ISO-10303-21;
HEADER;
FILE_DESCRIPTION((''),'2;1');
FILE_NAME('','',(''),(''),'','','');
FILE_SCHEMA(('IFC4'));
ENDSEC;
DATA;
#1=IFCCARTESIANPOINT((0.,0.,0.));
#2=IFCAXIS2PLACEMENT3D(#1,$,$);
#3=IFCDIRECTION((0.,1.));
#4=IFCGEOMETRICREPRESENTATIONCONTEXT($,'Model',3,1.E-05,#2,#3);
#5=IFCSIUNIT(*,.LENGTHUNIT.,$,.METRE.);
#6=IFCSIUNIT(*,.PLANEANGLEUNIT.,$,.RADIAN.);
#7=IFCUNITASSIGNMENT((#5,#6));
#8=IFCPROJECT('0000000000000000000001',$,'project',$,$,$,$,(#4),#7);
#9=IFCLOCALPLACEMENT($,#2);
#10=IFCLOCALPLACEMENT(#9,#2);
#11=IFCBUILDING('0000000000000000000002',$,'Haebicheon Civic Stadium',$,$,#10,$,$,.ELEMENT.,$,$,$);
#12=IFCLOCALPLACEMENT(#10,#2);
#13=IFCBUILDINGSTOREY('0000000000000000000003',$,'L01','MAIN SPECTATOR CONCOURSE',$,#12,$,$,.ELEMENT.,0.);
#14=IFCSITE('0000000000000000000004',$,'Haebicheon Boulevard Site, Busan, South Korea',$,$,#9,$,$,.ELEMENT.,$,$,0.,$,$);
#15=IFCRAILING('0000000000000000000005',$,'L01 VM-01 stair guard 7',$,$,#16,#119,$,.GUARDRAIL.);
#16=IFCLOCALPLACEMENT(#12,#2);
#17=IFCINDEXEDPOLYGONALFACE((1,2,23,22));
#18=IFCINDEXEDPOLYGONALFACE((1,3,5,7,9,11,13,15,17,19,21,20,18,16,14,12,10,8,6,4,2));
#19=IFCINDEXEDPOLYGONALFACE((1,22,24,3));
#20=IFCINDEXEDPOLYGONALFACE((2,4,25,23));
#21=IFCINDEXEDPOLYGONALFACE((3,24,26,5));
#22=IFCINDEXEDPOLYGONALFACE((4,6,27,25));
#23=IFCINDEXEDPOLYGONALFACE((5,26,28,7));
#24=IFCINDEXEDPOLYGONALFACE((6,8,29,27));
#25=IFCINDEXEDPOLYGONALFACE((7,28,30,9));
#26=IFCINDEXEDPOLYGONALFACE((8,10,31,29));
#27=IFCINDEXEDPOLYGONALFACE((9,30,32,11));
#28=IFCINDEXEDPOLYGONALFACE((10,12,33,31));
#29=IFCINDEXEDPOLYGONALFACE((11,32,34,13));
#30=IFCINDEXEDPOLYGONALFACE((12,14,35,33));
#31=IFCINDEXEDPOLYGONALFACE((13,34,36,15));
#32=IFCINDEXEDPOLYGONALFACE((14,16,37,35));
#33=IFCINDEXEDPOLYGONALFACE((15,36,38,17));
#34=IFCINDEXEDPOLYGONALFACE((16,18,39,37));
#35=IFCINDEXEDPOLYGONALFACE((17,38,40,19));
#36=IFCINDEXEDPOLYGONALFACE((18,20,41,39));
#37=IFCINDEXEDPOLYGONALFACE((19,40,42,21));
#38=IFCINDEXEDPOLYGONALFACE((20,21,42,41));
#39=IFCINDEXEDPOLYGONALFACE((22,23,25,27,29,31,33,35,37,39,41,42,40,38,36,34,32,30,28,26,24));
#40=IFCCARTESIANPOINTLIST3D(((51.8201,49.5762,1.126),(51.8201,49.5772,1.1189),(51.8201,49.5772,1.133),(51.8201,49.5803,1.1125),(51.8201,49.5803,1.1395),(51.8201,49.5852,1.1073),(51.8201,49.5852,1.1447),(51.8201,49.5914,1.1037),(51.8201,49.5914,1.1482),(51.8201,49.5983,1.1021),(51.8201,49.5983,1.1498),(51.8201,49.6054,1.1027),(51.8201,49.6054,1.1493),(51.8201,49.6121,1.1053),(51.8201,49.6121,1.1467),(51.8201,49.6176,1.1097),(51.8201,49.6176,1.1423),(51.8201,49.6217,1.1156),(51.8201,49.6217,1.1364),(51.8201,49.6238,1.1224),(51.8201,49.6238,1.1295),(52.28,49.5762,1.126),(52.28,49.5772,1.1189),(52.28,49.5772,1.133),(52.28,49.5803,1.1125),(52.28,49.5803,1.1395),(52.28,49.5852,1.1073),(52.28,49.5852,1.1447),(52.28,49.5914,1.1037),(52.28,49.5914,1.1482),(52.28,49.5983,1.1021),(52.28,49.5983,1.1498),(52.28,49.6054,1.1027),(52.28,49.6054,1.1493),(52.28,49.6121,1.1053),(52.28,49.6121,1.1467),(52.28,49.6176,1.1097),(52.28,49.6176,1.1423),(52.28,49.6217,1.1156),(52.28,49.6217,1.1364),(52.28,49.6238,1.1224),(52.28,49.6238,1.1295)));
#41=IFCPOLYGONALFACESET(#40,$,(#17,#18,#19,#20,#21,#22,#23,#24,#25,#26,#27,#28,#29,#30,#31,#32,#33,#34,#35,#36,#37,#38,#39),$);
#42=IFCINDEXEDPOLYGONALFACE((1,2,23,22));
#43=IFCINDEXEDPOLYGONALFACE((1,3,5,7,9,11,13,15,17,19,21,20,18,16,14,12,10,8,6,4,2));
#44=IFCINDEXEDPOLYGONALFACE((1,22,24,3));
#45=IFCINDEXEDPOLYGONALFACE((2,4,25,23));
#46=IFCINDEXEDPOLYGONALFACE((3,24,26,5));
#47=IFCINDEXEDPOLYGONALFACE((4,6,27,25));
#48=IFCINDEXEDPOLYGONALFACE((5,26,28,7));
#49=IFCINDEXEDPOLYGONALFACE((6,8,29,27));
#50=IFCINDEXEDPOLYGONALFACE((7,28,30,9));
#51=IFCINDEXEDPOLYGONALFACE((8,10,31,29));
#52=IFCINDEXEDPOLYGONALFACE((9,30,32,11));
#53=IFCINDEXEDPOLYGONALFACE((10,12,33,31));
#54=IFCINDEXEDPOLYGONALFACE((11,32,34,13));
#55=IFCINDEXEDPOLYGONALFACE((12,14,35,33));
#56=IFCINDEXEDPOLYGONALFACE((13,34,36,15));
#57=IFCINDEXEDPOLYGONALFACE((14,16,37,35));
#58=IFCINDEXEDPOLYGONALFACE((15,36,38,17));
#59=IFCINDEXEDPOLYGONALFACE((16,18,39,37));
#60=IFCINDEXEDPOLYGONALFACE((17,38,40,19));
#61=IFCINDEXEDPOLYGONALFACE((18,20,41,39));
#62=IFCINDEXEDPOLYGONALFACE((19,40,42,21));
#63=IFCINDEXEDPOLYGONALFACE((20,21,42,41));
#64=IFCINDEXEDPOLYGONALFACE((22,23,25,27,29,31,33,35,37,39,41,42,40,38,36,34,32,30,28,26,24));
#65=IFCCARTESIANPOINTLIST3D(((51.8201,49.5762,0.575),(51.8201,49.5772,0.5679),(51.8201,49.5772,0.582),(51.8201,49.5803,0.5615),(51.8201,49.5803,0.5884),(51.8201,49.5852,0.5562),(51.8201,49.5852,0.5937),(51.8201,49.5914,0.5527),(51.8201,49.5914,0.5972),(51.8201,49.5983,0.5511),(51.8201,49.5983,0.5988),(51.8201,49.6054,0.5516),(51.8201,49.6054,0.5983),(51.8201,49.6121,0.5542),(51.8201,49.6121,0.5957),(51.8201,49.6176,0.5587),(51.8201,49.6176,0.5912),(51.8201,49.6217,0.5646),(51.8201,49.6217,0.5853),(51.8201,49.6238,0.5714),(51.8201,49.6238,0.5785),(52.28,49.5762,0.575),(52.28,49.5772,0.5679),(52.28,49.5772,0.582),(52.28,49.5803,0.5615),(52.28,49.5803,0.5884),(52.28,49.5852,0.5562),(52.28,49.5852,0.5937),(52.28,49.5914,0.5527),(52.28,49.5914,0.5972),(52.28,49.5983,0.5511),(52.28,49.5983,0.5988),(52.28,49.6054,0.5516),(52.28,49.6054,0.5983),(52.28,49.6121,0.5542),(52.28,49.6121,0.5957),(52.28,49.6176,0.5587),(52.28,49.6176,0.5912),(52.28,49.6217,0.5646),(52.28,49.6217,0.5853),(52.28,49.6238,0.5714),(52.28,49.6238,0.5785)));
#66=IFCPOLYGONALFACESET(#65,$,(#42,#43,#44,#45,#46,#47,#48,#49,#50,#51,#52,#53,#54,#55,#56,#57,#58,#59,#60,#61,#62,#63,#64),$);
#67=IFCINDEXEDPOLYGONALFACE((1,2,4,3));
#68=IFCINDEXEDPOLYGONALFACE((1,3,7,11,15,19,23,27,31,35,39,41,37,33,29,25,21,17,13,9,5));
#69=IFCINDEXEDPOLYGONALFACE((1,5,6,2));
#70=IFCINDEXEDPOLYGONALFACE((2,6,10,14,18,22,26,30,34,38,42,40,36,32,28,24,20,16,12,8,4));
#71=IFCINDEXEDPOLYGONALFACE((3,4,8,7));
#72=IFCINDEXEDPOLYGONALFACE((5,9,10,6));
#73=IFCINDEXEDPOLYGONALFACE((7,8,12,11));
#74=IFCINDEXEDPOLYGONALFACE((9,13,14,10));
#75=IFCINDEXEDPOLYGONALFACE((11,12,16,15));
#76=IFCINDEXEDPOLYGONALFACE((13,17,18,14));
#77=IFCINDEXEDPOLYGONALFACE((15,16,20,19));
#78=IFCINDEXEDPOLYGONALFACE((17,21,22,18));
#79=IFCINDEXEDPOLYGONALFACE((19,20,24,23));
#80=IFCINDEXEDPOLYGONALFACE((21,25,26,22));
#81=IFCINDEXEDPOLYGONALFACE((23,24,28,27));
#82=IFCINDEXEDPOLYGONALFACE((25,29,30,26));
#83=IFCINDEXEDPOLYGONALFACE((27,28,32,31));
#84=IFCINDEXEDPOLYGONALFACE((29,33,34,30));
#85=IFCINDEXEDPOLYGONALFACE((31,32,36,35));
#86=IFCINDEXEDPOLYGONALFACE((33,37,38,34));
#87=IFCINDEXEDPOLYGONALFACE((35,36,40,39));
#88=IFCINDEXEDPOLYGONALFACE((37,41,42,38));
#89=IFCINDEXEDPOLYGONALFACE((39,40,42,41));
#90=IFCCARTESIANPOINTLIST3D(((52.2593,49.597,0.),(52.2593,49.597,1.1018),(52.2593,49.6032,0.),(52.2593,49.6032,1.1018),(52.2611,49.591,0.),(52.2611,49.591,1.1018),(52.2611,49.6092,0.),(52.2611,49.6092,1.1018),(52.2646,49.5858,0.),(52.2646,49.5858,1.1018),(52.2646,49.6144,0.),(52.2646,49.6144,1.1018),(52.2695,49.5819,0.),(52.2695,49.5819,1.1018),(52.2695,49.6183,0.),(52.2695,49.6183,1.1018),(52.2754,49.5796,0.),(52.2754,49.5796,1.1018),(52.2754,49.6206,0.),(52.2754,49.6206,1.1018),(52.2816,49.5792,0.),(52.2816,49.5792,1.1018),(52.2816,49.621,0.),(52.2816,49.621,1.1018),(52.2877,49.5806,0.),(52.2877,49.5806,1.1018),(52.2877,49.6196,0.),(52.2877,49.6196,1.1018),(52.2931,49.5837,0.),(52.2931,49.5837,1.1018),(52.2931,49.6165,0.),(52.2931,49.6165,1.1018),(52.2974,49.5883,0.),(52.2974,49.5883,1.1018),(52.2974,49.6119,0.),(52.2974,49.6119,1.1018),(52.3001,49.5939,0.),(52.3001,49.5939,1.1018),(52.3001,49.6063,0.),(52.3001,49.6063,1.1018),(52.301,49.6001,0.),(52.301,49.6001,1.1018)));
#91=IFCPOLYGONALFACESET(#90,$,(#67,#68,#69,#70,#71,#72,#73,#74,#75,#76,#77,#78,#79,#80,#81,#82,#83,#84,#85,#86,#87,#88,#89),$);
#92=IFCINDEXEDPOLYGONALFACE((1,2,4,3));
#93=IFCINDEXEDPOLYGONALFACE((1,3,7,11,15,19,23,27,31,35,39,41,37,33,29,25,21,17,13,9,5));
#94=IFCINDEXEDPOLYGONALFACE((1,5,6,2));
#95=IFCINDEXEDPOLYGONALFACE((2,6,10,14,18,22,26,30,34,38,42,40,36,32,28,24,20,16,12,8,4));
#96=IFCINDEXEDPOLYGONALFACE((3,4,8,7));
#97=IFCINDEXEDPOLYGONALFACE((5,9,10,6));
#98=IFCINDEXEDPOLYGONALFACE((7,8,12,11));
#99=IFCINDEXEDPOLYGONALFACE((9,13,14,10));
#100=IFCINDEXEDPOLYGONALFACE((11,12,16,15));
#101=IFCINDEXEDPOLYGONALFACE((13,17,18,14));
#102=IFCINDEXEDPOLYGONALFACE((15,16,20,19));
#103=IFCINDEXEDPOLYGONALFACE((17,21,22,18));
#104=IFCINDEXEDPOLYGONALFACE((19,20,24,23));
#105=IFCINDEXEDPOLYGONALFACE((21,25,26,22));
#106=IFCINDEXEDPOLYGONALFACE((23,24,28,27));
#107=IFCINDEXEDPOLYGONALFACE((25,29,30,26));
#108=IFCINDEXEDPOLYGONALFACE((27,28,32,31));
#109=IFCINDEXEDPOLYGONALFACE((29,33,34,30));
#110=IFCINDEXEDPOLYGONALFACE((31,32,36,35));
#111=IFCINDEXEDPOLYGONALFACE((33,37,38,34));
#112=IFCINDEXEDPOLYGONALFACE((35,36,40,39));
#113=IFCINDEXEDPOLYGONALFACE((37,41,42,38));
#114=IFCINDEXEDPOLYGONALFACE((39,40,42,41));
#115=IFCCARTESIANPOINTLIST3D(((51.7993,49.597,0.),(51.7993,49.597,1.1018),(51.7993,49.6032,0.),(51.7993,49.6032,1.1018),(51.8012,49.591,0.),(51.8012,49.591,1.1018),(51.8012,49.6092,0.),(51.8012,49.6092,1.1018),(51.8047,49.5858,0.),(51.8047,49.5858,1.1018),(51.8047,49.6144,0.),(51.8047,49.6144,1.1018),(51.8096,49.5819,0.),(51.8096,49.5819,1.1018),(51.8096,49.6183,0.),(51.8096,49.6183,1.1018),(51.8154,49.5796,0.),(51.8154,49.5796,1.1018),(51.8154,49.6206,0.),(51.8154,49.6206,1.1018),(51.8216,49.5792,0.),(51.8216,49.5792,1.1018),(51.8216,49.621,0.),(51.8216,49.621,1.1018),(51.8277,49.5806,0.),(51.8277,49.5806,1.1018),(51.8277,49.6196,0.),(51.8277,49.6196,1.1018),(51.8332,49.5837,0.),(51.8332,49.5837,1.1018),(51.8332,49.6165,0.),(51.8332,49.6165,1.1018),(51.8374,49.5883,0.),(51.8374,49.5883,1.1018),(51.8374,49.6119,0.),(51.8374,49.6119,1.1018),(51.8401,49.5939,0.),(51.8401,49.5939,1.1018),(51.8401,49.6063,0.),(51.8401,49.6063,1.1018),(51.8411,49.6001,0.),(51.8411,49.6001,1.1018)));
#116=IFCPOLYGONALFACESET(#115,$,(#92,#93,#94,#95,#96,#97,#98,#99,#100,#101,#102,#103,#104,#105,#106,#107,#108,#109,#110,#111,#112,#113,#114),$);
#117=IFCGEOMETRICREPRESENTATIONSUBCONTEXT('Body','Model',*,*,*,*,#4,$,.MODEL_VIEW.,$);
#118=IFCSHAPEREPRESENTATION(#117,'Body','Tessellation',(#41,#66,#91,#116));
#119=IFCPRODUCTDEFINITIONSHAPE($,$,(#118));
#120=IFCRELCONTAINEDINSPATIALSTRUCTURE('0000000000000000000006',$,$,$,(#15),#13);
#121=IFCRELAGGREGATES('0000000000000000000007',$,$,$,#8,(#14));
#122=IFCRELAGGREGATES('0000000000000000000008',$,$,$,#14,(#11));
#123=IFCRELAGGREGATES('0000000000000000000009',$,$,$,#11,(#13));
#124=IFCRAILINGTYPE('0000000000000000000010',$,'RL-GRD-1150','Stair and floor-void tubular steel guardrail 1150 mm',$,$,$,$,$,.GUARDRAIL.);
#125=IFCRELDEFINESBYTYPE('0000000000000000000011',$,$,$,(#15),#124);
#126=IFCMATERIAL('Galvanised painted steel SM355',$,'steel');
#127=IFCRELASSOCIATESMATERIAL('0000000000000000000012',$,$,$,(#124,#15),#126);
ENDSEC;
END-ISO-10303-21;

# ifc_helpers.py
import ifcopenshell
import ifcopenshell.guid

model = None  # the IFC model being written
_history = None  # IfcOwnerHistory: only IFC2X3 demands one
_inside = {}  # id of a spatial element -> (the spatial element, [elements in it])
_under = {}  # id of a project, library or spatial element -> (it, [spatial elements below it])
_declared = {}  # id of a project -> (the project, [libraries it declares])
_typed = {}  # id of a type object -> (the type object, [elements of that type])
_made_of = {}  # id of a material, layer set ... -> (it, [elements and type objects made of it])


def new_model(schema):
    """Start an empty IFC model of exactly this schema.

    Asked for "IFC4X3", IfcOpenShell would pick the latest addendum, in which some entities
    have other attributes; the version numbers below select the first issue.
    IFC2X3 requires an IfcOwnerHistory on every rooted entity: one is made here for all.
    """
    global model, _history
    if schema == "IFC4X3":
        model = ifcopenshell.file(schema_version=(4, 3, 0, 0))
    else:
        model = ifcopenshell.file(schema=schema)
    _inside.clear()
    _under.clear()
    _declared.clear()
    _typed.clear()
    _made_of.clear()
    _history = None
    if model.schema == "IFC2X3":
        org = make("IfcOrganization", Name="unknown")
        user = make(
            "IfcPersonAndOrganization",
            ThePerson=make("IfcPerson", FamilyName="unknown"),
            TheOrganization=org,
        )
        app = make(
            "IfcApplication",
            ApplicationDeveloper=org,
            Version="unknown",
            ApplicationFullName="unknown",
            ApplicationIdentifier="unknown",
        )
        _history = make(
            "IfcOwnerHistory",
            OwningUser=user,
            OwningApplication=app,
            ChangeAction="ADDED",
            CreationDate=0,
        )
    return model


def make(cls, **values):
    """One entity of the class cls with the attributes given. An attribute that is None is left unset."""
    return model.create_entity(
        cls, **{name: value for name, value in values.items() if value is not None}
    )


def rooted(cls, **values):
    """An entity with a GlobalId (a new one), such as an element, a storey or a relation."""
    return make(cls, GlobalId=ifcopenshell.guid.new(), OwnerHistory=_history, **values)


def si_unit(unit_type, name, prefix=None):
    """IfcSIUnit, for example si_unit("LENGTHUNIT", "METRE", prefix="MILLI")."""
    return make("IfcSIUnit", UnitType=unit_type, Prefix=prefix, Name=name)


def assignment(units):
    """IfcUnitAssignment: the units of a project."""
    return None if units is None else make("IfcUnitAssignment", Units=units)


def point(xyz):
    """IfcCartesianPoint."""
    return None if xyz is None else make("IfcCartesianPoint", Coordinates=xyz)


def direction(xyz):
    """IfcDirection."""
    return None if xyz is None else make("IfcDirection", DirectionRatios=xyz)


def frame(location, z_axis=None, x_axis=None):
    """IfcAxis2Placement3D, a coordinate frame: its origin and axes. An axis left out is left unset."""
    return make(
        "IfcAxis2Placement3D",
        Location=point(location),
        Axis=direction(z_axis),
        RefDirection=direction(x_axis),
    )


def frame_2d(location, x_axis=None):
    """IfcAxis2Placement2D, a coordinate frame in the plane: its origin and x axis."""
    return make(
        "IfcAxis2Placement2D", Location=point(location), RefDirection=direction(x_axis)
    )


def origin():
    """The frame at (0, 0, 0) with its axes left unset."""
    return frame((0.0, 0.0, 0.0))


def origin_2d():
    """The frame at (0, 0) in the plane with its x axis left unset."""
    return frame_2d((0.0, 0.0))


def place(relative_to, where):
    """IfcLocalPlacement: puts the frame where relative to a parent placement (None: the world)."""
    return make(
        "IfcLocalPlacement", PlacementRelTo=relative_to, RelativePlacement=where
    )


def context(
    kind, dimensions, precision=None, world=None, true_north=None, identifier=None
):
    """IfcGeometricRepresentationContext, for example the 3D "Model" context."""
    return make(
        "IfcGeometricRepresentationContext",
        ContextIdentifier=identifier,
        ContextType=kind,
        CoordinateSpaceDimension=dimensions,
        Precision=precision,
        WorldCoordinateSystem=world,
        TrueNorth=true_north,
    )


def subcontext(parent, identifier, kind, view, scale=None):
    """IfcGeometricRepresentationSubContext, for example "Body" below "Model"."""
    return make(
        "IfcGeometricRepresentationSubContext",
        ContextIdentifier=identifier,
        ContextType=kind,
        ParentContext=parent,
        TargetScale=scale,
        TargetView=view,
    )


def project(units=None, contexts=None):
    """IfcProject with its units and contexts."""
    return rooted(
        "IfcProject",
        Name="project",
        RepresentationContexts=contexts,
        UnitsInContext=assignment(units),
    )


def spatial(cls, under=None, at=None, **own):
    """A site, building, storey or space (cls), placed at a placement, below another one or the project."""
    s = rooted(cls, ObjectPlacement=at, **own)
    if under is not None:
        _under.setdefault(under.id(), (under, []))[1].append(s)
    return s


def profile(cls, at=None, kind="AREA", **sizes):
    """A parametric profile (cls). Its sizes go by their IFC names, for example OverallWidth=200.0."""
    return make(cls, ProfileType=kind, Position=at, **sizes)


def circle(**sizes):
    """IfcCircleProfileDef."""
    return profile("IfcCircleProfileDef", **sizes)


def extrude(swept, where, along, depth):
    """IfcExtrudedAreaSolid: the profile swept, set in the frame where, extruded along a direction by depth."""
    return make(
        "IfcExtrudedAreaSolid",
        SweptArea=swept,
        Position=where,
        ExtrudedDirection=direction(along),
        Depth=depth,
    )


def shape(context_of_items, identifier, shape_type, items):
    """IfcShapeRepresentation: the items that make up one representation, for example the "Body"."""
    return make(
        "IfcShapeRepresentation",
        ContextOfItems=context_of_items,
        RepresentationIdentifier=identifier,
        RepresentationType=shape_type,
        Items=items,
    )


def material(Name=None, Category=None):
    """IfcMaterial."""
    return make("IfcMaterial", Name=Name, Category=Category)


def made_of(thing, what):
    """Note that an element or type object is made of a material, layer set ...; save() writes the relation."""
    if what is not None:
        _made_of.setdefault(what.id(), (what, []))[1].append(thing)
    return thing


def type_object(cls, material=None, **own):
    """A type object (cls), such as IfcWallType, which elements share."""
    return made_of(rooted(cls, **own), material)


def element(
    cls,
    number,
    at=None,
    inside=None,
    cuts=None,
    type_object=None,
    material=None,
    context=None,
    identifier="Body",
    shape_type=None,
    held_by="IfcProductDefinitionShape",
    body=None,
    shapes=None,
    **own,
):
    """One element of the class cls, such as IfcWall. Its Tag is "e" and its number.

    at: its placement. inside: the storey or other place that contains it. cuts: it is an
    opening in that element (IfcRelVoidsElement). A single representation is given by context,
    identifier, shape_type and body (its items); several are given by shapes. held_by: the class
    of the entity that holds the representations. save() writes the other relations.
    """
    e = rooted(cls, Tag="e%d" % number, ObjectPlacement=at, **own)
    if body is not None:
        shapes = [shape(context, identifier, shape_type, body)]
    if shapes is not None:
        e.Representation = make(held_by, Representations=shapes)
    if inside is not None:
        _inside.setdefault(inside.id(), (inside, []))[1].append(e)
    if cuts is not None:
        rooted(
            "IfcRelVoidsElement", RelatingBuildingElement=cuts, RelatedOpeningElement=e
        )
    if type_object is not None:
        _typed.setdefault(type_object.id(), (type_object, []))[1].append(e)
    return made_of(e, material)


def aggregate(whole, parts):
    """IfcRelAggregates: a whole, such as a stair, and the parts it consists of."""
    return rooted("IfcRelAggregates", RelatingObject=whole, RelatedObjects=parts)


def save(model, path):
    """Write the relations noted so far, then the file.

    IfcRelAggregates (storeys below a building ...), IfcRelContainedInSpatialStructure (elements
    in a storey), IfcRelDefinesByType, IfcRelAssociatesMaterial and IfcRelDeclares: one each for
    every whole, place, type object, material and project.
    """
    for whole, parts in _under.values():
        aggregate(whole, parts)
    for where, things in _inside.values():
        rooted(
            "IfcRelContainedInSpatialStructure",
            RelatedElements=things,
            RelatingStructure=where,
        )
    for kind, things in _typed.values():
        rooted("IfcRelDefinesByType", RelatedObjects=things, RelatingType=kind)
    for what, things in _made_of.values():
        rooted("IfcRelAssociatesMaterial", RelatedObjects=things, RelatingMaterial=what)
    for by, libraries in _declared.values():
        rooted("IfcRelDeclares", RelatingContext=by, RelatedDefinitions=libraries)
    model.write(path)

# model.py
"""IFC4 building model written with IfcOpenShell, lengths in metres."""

from ifc_helpers import new_model, si_unit, direction, frame, origin, origin_2d, place, context, subcontext, project, spatial, circle, extrude, material, type_object, element, save


model = new_model("IFC4")

# Units and contexts
model_context = context("Model", 3, precision=1e-05, world=origin(), true_north=direction((0.0, 1.0)))
body_context = subcontext(model_context, "Body", "Model", "MODEL_VIEW")
ifc_project = project(units=[si_unit("LENGTHUNIT", "METRE"), si_unit("PLANEANGLEUNIT", "RADIAN")], contexts=[model_context])

# Site, building, storey
site_placement = place(None, origin())
site = spatial("IfcSite", under=ifc_project, at=site_placement, Name="Haebicheon Boulevard Site, Busan, South Korea", CompositionType="ELEMENT", RefElevation=0.0)
building_placement = place(site_placement, origin())
building = spatial("IfcBuilding", under=site, at=building_placement, Name="Haebicheon Civic Stadium", CompositionType="ELEMENT")
storey_placement = place(building_placement, origin())
storey = spatial("IfcBuildingStorey", under=building, at=storey_placement, Name="L01", Description="MAIN SPECTATOR CONCOURSE", CompositionType="ELEMENT", Elevation=0.0)

# Railing
ifc_material_1 = material(Name="Galvanised painted steel SM355", Category="steel")
railing_type_1 = type_object("IfcRailingType", Name="RL-GRD-1150", Description="Stair and floor-void tubular steel guardrail 1150 mm", PredefinedType="GUARDRAIL", material=ifc_material_1)
railing_1_placement = place(storey_placement, frame((52.28, 49.6001, 0.0)))
element("IfcRailing", 1, at=railing_1_placement, inside=storey, type_object=railing_type_1, material=ifc_material_1, Name="L01 VM-01 stair guard 7", PredefinedType="GUARDRAIL", context=body_context, shape_type="SweptSolid", body=[
    extrude(circle(Radius=0.0239, at=origin_2d()), frame((0.0, 0.0, 1.126), z_axis=(-1.0, 0.0, 0.0), x_axis=(0.0, -1.0, 0.0)), (0.0, 0.0, 1.0), 0.46),
    extrude(circle(Radius=0.0239, at=origin_2d()), frame((0.0, 0.0, 0.575), z_axis=(-1.0, 0.0, 0.0), x_axis=(0.0, -1.0, 0.0)), (0.0, 0.0, 1.0), 0.46),
    extrude(circle(Radius=0.021, at=origin_2d()), origin(), (0.0, 0.0, 1.0), 1.1018),
    extrude(circle(Radius=0.021, at=origin_2d()), frame((-0.46, 0.0, 0.0)), (0.0, 0.0, 1.0), 1.1018),
])

save(model, "model.ifc")
